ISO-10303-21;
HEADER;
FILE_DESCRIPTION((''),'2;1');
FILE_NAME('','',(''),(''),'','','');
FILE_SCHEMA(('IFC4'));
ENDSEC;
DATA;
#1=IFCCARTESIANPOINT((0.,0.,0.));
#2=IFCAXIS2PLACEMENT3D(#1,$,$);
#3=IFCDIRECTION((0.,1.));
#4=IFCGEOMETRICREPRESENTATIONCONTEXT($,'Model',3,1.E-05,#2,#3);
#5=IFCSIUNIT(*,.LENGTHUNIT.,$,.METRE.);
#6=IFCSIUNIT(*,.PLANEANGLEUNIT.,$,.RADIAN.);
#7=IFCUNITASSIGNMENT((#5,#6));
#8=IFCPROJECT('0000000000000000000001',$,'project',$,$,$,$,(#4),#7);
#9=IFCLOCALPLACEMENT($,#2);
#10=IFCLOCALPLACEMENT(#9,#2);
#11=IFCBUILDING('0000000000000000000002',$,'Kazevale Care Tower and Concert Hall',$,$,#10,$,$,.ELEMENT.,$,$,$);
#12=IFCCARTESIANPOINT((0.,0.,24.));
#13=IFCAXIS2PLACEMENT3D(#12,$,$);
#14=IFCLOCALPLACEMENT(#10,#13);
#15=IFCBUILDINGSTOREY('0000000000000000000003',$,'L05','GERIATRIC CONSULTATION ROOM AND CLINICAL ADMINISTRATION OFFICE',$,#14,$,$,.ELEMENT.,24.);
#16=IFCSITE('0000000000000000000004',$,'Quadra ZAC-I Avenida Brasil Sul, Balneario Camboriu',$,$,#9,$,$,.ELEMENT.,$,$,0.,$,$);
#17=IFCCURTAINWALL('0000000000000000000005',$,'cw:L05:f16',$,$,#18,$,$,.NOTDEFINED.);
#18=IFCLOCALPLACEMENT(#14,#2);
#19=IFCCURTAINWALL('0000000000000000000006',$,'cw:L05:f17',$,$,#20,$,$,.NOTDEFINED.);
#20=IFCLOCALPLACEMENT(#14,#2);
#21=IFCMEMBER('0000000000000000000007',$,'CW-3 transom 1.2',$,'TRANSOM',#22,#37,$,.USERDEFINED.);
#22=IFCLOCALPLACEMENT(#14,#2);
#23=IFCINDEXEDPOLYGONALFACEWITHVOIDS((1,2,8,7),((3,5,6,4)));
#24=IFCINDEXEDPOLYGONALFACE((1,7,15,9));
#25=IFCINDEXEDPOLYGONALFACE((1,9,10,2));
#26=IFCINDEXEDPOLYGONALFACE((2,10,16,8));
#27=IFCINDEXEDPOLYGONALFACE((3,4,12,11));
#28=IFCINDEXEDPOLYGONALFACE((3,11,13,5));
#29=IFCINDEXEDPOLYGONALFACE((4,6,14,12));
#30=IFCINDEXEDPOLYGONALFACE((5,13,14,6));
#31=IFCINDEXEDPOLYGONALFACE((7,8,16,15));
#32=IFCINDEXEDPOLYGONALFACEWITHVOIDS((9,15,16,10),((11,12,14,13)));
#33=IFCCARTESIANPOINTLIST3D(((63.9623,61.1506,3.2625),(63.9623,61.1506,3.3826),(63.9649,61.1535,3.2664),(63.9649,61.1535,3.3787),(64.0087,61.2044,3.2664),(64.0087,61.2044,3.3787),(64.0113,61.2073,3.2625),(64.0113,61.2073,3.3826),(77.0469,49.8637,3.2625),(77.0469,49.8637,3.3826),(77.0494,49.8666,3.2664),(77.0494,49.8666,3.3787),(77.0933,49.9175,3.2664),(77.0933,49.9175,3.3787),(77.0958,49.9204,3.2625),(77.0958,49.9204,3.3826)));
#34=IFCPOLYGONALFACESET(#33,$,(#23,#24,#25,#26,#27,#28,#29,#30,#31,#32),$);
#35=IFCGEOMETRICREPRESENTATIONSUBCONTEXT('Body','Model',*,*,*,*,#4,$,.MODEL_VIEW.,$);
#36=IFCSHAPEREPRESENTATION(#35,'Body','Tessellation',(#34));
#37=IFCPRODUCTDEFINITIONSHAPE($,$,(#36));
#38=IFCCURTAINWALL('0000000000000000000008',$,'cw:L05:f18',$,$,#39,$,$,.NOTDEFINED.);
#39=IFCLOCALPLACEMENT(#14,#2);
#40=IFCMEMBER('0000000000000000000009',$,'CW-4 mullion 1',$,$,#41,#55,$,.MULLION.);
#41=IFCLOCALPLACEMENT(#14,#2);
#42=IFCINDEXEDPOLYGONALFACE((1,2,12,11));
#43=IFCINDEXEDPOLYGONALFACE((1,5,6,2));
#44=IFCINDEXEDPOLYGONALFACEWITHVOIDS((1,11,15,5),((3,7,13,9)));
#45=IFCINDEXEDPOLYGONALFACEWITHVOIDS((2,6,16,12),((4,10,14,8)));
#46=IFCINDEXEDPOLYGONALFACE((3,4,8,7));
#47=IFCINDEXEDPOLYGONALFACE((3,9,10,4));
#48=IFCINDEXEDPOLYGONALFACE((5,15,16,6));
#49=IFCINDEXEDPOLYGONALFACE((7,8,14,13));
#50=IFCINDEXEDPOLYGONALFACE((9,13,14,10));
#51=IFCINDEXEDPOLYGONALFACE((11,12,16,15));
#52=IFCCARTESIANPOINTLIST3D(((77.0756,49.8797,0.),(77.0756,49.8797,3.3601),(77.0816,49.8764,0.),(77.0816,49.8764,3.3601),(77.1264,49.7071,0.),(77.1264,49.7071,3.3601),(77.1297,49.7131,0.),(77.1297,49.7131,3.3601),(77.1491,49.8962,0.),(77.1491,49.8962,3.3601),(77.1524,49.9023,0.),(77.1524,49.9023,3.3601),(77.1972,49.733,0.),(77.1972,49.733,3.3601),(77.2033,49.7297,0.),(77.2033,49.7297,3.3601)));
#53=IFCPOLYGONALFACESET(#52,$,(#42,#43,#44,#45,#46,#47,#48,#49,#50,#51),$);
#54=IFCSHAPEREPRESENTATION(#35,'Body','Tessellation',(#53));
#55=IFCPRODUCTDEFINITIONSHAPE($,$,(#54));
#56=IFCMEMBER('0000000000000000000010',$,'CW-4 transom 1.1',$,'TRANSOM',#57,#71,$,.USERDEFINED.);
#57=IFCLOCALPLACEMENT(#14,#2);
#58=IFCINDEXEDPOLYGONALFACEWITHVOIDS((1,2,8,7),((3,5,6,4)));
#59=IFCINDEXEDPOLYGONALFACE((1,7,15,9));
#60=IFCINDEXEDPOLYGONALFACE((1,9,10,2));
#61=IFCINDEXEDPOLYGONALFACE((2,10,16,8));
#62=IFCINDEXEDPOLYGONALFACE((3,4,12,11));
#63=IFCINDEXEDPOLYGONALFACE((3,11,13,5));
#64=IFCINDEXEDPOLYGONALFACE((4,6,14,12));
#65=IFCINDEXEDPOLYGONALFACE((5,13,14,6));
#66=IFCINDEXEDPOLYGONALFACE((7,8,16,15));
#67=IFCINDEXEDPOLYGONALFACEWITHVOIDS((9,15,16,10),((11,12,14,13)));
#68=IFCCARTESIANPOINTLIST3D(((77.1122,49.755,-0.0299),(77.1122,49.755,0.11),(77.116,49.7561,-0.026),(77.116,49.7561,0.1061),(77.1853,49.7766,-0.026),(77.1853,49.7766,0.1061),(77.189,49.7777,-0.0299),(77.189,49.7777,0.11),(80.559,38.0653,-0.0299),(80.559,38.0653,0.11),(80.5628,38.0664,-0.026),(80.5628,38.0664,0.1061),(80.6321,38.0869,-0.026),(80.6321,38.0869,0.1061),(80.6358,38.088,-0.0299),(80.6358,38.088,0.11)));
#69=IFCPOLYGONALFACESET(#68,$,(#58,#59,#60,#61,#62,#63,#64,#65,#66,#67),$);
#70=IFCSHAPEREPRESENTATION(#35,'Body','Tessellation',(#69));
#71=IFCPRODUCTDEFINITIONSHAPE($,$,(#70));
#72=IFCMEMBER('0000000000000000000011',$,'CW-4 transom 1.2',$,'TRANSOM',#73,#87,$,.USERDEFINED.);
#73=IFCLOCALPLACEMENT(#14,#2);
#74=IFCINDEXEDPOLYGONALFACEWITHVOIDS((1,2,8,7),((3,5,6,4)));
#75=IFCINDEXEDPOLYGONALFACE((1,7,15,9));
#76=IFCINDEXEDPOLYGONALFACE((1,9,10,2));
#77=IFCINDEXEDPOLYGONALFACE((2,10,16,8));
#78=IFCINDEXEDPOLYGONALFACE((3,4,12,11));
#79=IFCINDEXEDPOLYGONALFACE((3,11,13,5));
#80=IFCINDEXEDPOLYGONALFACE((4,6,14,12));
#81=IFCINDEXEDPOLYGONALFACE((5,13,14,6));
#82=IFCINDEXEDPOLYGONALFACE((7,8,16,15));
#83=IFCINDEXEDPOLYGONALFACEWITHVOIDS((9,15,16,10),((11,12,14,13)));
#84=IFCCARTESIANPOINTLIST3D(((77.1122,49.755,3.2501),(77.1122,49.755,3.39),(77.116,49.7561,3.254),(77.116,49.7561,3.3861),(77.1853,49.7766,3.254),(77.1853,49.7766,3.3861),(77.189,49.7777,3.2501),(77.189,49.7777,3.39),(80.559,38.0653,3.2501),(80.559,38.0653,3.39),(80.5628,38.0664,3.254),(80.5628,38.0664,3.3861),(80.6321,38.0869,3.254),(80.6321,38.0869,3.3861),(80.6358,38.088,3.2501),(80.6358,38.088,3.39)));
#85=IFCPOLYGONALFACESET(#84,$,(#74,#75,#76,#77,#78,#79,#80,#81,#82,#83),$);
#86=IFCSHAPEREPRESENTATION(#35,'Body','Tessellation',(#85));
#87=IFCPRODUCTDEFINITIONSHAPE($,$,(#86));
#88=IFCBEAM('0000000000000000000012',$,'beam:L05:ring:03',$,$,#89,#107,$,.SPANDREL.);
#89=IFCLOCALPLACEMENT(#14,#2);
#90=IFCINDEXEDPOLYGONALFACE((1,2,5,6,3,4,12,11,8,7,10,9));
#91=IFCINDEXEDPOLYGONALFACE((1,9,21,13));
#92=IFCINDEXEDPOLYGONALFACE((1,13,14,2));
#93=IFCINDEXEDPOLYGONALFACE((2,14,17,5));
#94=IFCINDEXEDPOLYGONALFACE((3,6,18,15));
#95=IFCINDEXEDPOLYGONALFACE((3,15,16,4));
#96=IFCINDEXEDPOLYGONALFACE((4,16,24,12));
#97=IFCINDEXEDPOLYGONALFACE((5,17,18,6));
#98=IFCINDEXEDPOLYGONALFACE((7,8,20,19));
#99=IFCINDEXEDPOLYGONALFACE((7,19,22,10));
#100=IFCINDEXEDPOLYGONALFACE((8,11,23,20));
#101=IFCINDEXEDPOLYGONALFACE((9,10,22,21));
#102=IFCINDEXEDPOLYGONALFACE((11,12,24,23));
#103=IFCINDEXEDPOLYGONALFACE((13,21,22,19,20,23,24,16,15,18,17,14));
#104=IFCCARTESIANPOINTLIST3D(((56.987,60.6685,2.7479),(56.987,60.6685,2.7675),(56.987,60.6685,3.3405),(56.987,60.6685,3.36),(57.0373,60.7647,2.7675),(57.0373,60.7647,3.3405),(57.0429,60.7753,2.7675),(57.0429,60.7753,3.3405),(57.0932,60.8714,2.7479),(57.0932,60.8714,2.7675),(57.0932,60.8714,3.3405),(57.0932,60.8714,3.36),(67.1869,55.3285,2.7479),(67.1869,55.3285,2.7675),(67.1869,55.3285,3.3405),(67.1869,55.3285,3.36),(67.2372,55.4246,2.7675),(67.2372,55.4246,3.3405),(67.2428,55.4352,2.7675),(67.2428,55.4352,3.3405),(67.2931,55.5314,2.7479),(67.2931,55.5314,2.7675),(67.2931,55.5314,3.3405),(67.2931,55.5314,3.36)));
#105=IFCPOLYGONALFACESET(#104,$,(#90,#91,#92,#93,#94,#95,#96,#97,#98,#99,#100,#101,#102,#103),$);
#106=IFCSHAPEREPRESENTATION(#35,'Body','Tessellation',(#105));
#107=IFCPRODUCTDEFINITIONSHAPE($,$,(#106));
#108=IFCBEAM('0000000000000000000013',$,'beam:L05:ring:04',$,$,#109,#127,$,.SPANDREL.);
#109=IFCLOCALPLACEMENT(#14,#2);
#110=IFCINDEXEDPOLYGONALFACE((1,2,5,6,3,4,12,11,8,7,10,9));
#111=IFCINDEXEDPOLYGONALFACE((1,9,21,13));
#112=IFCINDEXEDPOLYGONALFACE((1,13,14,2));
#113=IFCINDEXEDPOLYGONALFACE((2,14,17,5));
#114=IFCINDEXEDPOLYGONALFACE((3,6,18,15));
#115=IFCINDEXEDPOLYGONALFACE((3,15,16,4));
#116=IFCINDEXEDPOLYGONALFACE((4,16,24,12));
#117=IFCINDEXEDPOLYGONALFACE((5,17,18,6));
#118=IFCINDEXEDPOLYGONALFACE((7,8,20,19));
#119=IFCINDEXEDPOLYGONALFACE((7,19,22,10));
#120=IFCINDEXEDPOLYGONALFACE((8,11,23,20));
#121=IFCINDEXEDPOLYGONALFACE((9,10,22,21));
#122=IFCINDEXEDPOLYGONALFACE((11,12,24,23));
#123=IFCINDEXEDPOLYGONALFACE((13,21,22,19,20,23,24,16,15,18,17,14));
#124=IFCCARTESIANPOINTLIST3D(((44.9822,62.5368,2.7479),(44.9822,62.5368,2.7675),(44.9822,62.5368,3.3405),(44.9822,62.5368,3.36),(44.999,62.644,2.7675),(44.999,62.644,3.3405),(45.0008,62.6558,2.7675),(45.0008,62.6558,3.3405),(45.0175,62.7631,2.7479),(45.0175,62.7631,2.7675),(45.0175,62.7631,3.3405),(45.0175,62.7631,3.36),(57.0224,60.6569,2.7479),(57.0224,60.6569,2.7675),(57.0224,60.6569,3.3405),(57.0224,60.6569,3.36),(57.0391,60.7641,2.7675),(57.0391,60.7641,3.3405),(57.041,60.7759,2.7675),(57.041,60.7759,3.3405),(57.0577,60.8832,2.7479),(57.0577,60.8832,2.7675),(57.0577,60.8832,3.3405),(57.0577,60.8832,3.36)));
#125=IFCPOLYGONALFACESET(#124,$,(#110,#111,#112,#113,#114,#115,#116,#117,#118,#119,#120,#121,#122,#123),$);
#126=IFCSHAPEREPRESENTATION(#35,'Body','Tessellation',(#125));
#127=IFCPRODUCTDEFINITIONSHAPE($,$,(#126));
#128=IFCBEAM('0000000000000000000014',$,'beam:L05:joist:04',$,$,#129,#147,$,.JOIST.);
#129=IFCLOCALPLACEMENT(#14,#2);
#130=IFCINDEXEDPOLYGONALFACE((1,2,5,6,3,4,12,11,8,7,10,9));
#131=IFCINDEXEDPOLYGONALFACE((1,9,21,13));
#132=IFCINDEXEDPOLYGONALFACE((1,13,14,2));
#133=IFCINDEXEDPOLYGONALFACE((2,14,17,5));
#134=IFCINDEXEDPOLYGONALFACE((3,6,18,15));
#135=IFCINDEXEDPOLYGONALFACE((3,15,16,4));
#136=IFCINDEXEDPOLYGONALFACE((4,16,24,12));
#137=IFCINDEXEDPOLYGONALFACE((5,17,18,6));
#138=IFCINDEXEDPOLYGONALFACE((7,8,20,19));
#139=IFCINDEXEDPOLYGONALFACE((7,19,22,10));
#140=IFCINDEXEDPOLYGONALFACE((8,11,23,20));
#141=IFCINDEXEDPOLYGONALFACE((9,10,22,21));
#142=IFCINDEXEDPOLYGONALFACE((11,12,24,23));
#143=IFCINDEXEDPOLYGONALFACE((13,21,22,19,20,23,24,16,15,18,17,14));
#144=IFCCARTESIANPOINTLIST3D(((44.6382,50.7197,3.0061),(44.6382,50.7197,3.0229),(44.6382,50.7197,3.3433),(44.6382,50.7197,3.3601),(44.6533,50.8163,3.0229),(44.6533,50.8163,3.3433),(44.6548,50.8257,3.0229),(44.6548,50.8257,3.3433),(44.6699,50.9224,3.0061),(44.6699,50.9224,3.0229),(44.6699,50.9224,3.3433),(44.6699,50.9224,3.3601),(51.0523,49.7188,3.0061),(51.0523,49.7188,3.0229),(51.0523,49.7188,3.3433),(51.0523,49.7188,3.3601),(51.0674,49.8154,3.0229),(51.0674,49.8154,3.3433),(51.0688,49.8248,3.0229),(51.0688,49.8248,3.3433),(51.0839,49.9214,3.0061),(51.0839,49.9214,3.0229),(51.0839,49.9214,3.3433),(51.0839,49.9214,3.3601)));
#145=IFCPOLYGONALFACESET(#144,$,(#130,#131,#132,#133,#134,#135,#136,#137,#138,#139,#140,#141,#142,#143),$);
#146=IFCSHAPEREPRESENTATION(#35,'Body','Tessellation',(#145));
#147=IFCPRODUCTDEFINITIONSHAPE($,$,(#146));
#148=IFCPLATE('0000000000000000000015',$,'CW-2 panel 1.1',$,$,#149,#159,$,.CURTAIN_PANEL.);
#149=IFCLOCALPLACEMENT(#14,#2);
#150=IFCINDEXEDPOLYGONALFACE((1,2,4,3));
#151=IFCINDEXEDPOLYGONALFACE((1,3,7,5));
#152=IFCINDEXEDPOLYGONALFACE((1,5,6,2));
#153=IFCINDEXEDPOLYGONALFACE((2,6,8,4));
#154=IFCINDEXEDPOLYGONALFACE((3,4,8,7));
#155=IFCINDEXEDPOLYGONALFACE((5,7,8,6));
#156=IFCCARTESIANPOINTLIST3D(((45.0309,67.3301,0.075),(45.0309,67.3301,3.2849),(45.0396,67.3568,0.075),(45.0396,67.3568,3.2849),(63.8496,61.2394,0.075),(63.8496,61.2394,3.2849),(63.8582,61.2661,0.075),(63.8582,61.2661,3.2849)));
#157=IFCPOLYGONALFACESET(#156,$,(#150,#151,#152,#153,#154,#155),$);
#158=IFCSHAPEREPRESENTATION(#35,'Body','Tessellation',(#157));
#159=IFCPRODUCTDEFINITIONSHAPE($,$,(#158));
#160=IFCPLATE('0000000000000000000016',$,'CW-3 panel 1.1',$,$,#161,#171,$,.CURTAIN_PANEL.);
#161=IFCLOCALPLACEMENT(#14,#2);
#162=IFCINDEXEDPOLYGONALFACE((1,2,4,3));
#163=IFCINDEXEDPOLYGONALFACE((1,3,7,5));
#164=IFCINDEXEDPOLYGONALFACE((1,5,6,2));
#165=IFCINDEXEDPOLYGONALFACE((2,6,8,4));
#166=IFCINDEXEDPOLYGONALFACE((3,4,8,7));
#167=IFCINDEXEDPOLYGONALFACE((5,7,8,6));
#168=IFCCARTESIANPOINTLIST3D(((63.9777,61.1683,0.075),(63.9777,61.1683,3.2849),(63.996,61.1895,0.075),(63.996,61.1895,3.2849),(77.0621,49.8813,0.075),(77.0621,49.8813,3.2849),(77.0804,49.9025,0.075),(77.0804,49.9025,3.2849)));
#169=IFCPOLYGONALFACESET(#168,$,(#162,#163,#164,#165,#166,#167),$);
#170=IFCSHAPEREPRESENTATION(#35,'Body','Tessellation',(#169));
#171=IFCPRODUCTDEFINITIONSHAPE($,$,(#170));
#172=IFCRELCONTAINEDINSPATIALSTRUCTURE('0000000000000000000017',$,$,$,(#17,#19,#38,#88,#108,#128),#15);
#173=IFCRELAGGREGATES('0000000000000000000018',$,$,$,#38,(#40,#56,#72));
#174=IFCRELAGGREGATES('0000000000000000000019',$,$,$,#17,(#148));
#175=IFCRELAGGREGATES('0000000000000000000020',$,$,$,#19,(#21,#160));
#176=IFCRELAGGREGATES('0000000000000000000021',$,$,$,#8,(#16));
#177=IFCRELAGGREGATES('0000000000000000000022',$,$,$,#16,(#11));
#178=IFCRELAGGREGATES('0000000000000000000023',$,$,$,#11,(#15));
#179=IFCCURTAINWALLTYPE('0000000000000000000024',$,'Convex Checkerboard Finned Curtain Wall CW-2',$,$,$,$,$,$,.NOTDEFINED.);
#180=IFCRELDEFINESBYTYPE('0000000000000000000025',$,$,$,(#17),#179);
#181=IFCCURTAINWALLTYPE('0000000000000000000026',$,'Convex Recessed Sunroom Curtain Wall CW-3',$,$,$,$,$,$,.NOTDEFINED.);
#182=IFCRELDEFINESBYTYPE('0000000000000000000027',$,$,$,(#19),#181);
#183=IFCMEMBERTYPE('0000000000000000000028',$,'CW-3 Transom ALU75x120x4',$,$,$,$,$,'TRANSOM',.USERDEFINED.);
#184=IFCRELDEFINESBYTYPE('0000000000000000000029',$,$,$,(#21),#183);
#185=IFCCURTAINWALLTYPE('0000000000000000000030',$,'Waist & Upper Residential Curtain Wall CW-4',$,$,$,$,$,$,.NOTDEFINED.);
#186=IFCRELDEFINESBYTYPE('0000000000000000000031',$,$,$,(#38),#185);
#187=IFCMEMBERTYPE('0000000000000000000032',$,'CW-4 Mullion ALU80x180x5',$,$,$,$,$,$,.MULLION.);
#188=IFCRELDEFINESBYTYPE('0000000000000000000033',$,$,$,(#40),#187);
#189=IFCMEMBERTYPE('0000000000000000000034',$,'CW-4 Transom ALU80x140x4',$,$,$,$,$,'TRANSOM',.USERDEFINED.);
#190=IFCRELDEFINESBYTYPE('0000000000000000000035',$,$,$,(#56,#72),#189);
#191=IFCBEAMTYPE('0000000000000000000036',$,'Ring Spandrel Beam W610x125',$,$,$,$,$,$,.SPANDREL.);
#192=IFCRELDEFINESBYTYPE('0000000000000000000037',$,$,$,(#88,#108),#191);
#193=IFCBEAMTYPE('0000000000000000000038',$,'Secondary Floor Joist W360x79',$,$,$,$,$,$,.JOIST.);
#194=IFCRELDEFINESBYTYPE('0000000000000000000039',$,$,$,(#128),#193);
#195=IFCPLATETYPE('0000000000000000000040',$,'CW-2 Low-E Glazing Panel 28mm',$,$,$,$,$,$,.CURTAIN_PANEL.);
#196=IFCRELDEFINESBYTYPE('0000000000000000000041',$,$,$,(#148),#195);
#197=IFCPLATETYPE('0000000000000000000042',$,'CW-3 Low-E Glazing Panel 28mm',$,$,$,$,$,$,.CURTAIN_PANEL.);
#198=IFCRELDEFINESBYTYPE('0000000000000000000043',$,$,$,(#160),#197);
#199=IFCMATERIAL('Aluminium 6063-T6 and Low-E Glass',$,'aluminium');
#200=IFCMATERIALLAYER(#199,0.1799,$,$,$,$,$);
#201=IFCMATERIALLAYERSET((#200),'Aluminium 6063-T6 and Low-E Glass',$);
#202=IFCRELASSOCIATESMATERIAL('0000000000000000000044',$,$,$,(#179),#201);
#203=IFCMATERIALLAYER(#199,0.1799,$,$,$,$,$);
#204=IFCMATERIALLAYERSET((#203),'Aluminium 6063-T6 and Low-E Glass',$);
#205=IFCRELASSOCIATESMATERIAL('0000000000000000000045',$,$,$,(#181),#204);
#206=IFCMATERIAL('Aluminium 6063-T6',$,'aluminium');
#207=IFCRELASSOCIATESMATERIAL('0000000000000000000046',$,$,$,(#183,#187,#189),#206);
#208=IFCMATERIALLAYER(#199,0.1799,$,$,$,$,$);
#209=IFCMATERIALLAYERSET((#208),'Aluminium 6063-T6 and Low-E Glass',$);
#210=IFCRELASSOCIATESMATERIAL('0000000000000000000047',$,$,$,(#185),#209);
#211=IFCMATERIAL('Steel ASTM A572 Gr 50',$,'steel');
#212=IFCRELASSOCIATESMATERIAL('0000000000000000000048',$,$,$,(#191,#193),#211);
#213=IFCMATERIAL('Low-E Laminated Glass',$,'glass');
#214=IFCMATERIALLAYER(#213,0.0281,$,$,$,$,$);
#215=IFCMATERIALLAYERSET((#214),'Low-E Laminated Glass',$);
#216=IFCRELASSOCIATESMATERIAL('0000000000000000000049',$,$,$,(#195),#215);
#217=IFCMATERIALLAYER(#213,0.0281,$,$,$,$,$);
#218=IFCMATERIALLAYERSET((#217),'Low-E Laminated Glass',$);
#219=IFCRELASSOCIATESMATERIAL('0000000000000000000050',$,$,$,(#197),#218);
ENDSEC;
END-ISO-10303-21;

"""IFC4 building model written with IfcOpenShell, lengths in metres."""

from ifc_helpers import new_model, si_unit, direction, frame, origin, origin_2d, place, context, subcontext, project, spatial, rectangle, hollow_rectangle, i_section, extrude, material, layer, layer_set, material_profile, profile_set, type_object, element, aggregate, save


model = new_model("IFC4")

# Units and contexts
model_context = context("Model", 3, precision=1e-05, world=origin(), true_north=direction((0.0, 1.0)))
body_context = subcontext(model_context, "Body", "Model", "MODEL_VIEW")
ifc_project = project(units=[si_unit("LENGTHUNIT", "METRE"), si_unit("PLANEANGLEUNIT", "RADIAN")], contexts=[model_context])

# Site, building, storey
site_placement = place(None, origin())
site = spatial("IfcSite", under=ifc_project, at=site_placement, Name="Quadra ZAC-I Avenida Brasil Sul, Balneario Camboriu", CompositionType="ELEMENT", RefElevation=0.0)
building_placement = place(site_placement, origin())
building = spatial("IfcBuilding", under=site, at=building_placement, Name="Kazevale Care Tower and Concert Hall", CompositionType="ELEMENT")
storey_placement = place(building_placement, frame((0.0, 0.0, 24.0)))
storey = spatial("IfcBuildingStorey", under=building, at=storey_placement, Name="L05", Description="GERIATRIC CONSULTATION ROOM AND CLINICAL ADMINISTRATION OFFICE", CompositionType="ELEMENT", Elevation=24.0)

# Curtain wall
ifc_material_1 = material(Name="Aluminium 6063-T6 and Low-E Glass", Category="aluminium")
ifc_layer_1 = layer(ifc_material_1, 0.1799)
ifc_layer_set_1 = layer_set([ifc_layer_1], Name="Aluminium 6063-T6 and Low-E Glass")
curtain_wall_type_1 = type_object("IfcCurtainWallType", Name="Convex Checkerboard Finned Curtain Wall CW-2", PredefinedType="NOTDEFINED", material=ifc_layer_set_1)
curtain_wall_1_placement = place(storey_placement, origin())
curtain_wall_1 = element("IfcCurtainWall", 1, at=curtain_wall_1_placement, inside=storey, type_object=curtain_wall_type_1, Name="cw:L05:f16", PredefinedType="NOTDEFINED")
ifc_material_2 = material(Name="Aluminium 6063-T6", Category="aluminium")

# Curtain walls, members
ifc_layer_2 = layer(ifc_material_1, 0.1799)
ifc_layer_set_2 = layer_set([ifc_layer_2], Name="Aluminium 6063-T6 and Low-E Glass")
curtain_wall_type_2 = type_object("IfcCurtainWallType", Name="Convex Recessed Sunroom Curtain Wall CW-3", PredefinedType="NOTDEFINED", material=ifc_layer_set_2)
curtain_wall_2_placement = place(storey_placement, origin())
curtain_wall_2 = element("IfcCurtainWall", 2, at=curtain_wall_2_placement, inside=storey, type_object=curtain_wall_type_2, Name="cw:L05:f17", PredefinedType="NOTDEFINED")
ifc_material_profile_1 = material_profile(ifc_material_2, hollow_rectangle(XDim=0.075, YDim=0.1201, WallThickness=0.0039, at=origin_2d()), Name="ALU75x120x4")
ifc_profile_set_1 = profile_set([ifc_material_profile_1], Name="Aluminium 6063-T6")
member_type_1 = type_object("IfcMemberType", Name="CW-3 Transom ALU75x120x4", ElementType="TRANSOM", PredefinedType="USERDEFINED", material=ifc_profile_set_1)
member_1_placement = place(storey_placement, frame((63.9868, 61.179, 3.3225), z_axis=(0.757205, -0.653177, 0.0), x_axis=(0.653177, 0.757205, 0.0)))
member_1 = element("IfcMember", 3, at=member_1_placement, type_object=member_type_1, Name="CW-3 transom 1.2", ObjectType="TRANSOM", PredefinedType="USERDEFINED", context=body_context, shape_type="SweptSolid", body=[
    extrude(hollow_rectangle(XDim=0.075, YDim=0.1201, WallThickness=0.0039, at=origin_2d()), origin(), (0.0, 0.0, 1.0), 17.28),
])
ifc_layer_3 = layer(ifc_material_1, 0.1799)
ifc_layer_set_3 = layer_set([ifc_layer_3], Name="Aluminium 6063-T6 and Low-E Glass")
curtain_wall_type_3 = type_object("IfcCurtainWallType", Name="Waist & Upper Residential Curtain Wall CW-4", PredefinedType="NOTDEFINED", material=ifc_layer_set_3)
curtain_wall_3_placement = place(storey_placement, origin())
curtain_wall_3 = element("IfcCurtainWall", 4, at=curtain_wall_3_placement, inside=storey, type_object=curtain_wall_type_3, Name="cw:L05:f18", PredefinedType="NOTDEFINED")
ifc_material_profile_2 = material_profile(ifc_material_2, hollow_rectangle(XDim=0.0801, YDim=0.1799, WallThickness=0.0049, at=origin_2d()), Name="ALU80x180x5")
ifc_profile_set_2 = profile_set([ifc_material_profile_2], Name="Aluminium 6063-T6")
member_type_2 = type_object("IfcMemberType", Name="CW-4 Mullion ALU80x180x5", PredefinedType="MULLION", material=ifc_profile_set_2)
member_2_placement = place(storey_placement, frame((77.1394, 49.8047, 0.0), z_axis=(0.0, 0.0, 1.0), x_axis=(0.959173, 0.28282, 0.0)))
member_2 = element("IfcMember", 5, at=member_2_placement, type_object=member_type_2, Name="CW-4 mullion 1", PredefinedType="MULLION", context=body_context, shape_type="SweptSolid", body=[
    extrude(hollow_rectangle(XDim=0.0801, YDim=0.1799, WallThickness=0.0049, at=origin_2d()), origin(), (0.0, 0.0, 1.0), 3.3601),
])
ifc_material_profile_3 = material_profile(ifc_material_2, hollow_rectangle(XDim=0.0801, YDim=0.1399, WallThickness=0.0039, at=origin_2d()), Name="ALU80x140x4")
ifc_profile_set_3 = profile_set([ifc_material_profile_3], Name="Aluminium 6063-T6")
member_type_3 = type_object("IfcMemberType", Name="CW-4 Transom ALU80x140x4", ElementType="TRANSOM", PredefinedType="USERDEFINED", material=ifc_profile_set_3)
member_3_placement = place(storey_placement, frame((77.1506, 49.7664, 0.04), z_axis=(0.282818, -0.959174, 0.0), x_axis=(0.959174, 0.282818, 0.0)))
member_3 = element("IfcMember", 6, at=member_3_placement, type_object=member_type_3, Name="CW-4 transom 1.1", ObjectType="TRANSOM", PredefinedType="USERDEFINED", context=body_context, shape_type="SweptSolid", body=[
    extrude(hollow_rectangle(XDim=0.0801, YDim=0.1399, WallThickness=0.0039, at=origin_2d()), origin(), (0.0, 0.0, 1.0), 12.1873),
])
member_4_placement = place(storey_placement, frame((77.1506, 49.7664, 3.3201), z_axis=(0.282818, -0.959174, 0.0), x_axis=(0.959174, 0.282818, 0.0)))
member_4 = element("IfcMember", 7, at=member_4_placement, type_object=member_type_3, Name="CW-4 transom 1.2", ObjectType="TRANSOM", PredefinedType="USERDEFINED", context=body_context, shape_type="SweptSolid", body=[
    extrude(hollow_rectangle(XDim=0.0801, YDim=0.1399, WallThickness=0.0039, at=origin_2d()), origin(), (0.0, 0.0, 1.0), 12.1873),
])
aggregate(curtain_wall_3, [member_2, member_3, member_4])

# Beams
ifc_material_3 = material(Name="Steel ASTM A572 Gr 50", Category="steel")
ifc_material_profile_4 = material_profile(ifc_material_3, i_section(OverallWidth=0.229, OverallDepth=0.6121, WebThickness=0.012, FlangeThickness=0.0195, at=origin_2d()), Name="W610x125")
ifc_profile_set_4 = profile_set([ifc_material_profile_4], Name="Steel ASTM A572 Gr 50")
beam_type_1 = type_object("IfcBeamType", Name="Ring Spandrel Beam W610x125", PredefinedType="SPANDREL", material=ifc_profile_set_4)
beam_1_placement = place(storey_placement, frame((67.24, 55.4299, 3.054), z_axis=(-0.885929, 0.46382, 0.0), x_axis=(-0.46382, -0.885929, 0.0)))
element("IfcBeam", 8, at=beam_1_placement, inside=storey, type_object=beam_type_1, Name="beam:L05:ring:03", PredefinedType="SPANDREL", context=body_context, shape_type="SweptSolid", body=[
    extrude(i_section(OverallWidth=0.229, OverallDepth=0.6121, WebThickness=0.012, FlangeThickness=0.0195, at=origin_2d()), origin(), (0.0, 0.0, 1.0), 11.5132),
])
beam_2_placement = place(storey_placement, frame((57.04, 60.77, 3.054), z_axis=(-0.988029, 0.154267, 0.0), x_axis=(-0.154267, -0.988029, 0.0)))
element("IfcBeam", 9, at=beam_2_placement, inside=storey, type_object=beam_type_1, Name="beam:L05:ring:04", PredefinedType="SPANDREL", context=body_context, shape_type="SweptSolid", body=[
    extrude(i_section(OverallWidth=0.229, OverallDepth=0.6121, WebThickness=0.012, FlangeThickness=0.0195, at=origin_2d()), origin(), (0.0, 0.0, 1.0), 12.186),
])
ifc_material_profile_5 = material_profile(ifc_material_3, i_section(OverallWidth=0.2051, OverallDepth=0.354, WebThickness=0.0095, FlangeThickness=0.0168, at=origin_2d()), Name="W360x79")
ifc_profile_set_5 = profile_set([ifc_material_profile_5], Name="Steel ASTM A572 Gr 50")
beam_type_2 = type_object("IfcBeamType", Name="Secondary Floor Joist W360x79", PredefinedType="JOIST", material=ifc_profile_set_5)
beam_3_placement = place(storey_placement, frame((51.0681, 49.8201, 3.1831), z_axis=(-0.988041, 0.154193, 0.0), x_axis=(-0.154193, -0.988041, 0.0)))
element("IfcBeam", 10, at=beam_3_placement, inside=storey, type_object=beam_type_2, Name="beam:L05:joist:04", PredefinedType="JOIST", context=body_context, shape_type="SweptSolid", body=[
    extrude(i_section(OverallWidth=0.2051, OverallDepth=0.354, WebThickness=0.0095, FlangeThickness=0.0168, at=origin_2d()), origin(), (0.0, 0.0, 1.0), 6.4917),
])

# Plates
ifc_material_4 = material(Name="Low-E Laminated Glass", Category="glass")
ifc_layer_4 = layer(ifc_material_4, 0.0281)
ifc_layer_set_4 = layer_set([ifc_layer_4], Name="Low-E Laminated Glass")
plate_type_1 = type_object("IfcPlateType", Name="CW-2 Low-E Glazing Panel 28mm", PredefinedType="CURTAIN_PANEL", material=ifc_layer_set_4)
plate_1_placement = place(storey_placement, frame((54.4446, 64.2981, 0.075), z_axis=(0.0, 0.0, 1.0), x_axis=(0.95141, -0.307926, 0.0)))
plate_1 = element("IfcPlate", 11, at=plate_1_placement, type_object=plate_type_1, Name="CW-2 panel 1.1", PredefinedType="CURTAIN_PANEL", context=body_context, shape_type="SweptSolid", body=[
    extrude(rectangle(XDim=19.7798, YDim=0.0281, at=origin_2d()), origin(), (0.0, 0.0, 1.0), 3.21),
])
aggregate(curtain_wall_1, [plate_1])
ifc_layer_5 = layer(ifc_material_4, 0.0281)
ifc_layer_set_5 = layer_set([ifc_layer_5], Name="Low-E Laminated Glass")
plate_type_2 = type_object("IfcPlateType", Name="CW-3 Low-E Glazing Panel 28mm", PredefinedType="CURTAIN_PANEL", material=ifc_layer_set_5)
plate_2_placement = place(storey_placement, frame((70.5291, 55.5354, 0.075), z_axis=(0.0, 0.0, 1.0), x_axis=(0.7572, -0.653184, 0.0)))
plate_2 = element("IfcPlate", 12, at=plate_2_placement, type_object=plate_type_2, Name="CW-3 panel 1.1", PredefinedType="CURTAIN_PANEL", context=body_context, shape_type="SweptSolid", body=[
    extrude(rectangle(XDim=17.28, YDim=0.0281, at=origin_2d()), origin(), (0.0, 0.0, 1.0), 3.21),
])
aggregate(curtain_wall_2, [member_1, plate_2])

save(model, "model.ifc")
